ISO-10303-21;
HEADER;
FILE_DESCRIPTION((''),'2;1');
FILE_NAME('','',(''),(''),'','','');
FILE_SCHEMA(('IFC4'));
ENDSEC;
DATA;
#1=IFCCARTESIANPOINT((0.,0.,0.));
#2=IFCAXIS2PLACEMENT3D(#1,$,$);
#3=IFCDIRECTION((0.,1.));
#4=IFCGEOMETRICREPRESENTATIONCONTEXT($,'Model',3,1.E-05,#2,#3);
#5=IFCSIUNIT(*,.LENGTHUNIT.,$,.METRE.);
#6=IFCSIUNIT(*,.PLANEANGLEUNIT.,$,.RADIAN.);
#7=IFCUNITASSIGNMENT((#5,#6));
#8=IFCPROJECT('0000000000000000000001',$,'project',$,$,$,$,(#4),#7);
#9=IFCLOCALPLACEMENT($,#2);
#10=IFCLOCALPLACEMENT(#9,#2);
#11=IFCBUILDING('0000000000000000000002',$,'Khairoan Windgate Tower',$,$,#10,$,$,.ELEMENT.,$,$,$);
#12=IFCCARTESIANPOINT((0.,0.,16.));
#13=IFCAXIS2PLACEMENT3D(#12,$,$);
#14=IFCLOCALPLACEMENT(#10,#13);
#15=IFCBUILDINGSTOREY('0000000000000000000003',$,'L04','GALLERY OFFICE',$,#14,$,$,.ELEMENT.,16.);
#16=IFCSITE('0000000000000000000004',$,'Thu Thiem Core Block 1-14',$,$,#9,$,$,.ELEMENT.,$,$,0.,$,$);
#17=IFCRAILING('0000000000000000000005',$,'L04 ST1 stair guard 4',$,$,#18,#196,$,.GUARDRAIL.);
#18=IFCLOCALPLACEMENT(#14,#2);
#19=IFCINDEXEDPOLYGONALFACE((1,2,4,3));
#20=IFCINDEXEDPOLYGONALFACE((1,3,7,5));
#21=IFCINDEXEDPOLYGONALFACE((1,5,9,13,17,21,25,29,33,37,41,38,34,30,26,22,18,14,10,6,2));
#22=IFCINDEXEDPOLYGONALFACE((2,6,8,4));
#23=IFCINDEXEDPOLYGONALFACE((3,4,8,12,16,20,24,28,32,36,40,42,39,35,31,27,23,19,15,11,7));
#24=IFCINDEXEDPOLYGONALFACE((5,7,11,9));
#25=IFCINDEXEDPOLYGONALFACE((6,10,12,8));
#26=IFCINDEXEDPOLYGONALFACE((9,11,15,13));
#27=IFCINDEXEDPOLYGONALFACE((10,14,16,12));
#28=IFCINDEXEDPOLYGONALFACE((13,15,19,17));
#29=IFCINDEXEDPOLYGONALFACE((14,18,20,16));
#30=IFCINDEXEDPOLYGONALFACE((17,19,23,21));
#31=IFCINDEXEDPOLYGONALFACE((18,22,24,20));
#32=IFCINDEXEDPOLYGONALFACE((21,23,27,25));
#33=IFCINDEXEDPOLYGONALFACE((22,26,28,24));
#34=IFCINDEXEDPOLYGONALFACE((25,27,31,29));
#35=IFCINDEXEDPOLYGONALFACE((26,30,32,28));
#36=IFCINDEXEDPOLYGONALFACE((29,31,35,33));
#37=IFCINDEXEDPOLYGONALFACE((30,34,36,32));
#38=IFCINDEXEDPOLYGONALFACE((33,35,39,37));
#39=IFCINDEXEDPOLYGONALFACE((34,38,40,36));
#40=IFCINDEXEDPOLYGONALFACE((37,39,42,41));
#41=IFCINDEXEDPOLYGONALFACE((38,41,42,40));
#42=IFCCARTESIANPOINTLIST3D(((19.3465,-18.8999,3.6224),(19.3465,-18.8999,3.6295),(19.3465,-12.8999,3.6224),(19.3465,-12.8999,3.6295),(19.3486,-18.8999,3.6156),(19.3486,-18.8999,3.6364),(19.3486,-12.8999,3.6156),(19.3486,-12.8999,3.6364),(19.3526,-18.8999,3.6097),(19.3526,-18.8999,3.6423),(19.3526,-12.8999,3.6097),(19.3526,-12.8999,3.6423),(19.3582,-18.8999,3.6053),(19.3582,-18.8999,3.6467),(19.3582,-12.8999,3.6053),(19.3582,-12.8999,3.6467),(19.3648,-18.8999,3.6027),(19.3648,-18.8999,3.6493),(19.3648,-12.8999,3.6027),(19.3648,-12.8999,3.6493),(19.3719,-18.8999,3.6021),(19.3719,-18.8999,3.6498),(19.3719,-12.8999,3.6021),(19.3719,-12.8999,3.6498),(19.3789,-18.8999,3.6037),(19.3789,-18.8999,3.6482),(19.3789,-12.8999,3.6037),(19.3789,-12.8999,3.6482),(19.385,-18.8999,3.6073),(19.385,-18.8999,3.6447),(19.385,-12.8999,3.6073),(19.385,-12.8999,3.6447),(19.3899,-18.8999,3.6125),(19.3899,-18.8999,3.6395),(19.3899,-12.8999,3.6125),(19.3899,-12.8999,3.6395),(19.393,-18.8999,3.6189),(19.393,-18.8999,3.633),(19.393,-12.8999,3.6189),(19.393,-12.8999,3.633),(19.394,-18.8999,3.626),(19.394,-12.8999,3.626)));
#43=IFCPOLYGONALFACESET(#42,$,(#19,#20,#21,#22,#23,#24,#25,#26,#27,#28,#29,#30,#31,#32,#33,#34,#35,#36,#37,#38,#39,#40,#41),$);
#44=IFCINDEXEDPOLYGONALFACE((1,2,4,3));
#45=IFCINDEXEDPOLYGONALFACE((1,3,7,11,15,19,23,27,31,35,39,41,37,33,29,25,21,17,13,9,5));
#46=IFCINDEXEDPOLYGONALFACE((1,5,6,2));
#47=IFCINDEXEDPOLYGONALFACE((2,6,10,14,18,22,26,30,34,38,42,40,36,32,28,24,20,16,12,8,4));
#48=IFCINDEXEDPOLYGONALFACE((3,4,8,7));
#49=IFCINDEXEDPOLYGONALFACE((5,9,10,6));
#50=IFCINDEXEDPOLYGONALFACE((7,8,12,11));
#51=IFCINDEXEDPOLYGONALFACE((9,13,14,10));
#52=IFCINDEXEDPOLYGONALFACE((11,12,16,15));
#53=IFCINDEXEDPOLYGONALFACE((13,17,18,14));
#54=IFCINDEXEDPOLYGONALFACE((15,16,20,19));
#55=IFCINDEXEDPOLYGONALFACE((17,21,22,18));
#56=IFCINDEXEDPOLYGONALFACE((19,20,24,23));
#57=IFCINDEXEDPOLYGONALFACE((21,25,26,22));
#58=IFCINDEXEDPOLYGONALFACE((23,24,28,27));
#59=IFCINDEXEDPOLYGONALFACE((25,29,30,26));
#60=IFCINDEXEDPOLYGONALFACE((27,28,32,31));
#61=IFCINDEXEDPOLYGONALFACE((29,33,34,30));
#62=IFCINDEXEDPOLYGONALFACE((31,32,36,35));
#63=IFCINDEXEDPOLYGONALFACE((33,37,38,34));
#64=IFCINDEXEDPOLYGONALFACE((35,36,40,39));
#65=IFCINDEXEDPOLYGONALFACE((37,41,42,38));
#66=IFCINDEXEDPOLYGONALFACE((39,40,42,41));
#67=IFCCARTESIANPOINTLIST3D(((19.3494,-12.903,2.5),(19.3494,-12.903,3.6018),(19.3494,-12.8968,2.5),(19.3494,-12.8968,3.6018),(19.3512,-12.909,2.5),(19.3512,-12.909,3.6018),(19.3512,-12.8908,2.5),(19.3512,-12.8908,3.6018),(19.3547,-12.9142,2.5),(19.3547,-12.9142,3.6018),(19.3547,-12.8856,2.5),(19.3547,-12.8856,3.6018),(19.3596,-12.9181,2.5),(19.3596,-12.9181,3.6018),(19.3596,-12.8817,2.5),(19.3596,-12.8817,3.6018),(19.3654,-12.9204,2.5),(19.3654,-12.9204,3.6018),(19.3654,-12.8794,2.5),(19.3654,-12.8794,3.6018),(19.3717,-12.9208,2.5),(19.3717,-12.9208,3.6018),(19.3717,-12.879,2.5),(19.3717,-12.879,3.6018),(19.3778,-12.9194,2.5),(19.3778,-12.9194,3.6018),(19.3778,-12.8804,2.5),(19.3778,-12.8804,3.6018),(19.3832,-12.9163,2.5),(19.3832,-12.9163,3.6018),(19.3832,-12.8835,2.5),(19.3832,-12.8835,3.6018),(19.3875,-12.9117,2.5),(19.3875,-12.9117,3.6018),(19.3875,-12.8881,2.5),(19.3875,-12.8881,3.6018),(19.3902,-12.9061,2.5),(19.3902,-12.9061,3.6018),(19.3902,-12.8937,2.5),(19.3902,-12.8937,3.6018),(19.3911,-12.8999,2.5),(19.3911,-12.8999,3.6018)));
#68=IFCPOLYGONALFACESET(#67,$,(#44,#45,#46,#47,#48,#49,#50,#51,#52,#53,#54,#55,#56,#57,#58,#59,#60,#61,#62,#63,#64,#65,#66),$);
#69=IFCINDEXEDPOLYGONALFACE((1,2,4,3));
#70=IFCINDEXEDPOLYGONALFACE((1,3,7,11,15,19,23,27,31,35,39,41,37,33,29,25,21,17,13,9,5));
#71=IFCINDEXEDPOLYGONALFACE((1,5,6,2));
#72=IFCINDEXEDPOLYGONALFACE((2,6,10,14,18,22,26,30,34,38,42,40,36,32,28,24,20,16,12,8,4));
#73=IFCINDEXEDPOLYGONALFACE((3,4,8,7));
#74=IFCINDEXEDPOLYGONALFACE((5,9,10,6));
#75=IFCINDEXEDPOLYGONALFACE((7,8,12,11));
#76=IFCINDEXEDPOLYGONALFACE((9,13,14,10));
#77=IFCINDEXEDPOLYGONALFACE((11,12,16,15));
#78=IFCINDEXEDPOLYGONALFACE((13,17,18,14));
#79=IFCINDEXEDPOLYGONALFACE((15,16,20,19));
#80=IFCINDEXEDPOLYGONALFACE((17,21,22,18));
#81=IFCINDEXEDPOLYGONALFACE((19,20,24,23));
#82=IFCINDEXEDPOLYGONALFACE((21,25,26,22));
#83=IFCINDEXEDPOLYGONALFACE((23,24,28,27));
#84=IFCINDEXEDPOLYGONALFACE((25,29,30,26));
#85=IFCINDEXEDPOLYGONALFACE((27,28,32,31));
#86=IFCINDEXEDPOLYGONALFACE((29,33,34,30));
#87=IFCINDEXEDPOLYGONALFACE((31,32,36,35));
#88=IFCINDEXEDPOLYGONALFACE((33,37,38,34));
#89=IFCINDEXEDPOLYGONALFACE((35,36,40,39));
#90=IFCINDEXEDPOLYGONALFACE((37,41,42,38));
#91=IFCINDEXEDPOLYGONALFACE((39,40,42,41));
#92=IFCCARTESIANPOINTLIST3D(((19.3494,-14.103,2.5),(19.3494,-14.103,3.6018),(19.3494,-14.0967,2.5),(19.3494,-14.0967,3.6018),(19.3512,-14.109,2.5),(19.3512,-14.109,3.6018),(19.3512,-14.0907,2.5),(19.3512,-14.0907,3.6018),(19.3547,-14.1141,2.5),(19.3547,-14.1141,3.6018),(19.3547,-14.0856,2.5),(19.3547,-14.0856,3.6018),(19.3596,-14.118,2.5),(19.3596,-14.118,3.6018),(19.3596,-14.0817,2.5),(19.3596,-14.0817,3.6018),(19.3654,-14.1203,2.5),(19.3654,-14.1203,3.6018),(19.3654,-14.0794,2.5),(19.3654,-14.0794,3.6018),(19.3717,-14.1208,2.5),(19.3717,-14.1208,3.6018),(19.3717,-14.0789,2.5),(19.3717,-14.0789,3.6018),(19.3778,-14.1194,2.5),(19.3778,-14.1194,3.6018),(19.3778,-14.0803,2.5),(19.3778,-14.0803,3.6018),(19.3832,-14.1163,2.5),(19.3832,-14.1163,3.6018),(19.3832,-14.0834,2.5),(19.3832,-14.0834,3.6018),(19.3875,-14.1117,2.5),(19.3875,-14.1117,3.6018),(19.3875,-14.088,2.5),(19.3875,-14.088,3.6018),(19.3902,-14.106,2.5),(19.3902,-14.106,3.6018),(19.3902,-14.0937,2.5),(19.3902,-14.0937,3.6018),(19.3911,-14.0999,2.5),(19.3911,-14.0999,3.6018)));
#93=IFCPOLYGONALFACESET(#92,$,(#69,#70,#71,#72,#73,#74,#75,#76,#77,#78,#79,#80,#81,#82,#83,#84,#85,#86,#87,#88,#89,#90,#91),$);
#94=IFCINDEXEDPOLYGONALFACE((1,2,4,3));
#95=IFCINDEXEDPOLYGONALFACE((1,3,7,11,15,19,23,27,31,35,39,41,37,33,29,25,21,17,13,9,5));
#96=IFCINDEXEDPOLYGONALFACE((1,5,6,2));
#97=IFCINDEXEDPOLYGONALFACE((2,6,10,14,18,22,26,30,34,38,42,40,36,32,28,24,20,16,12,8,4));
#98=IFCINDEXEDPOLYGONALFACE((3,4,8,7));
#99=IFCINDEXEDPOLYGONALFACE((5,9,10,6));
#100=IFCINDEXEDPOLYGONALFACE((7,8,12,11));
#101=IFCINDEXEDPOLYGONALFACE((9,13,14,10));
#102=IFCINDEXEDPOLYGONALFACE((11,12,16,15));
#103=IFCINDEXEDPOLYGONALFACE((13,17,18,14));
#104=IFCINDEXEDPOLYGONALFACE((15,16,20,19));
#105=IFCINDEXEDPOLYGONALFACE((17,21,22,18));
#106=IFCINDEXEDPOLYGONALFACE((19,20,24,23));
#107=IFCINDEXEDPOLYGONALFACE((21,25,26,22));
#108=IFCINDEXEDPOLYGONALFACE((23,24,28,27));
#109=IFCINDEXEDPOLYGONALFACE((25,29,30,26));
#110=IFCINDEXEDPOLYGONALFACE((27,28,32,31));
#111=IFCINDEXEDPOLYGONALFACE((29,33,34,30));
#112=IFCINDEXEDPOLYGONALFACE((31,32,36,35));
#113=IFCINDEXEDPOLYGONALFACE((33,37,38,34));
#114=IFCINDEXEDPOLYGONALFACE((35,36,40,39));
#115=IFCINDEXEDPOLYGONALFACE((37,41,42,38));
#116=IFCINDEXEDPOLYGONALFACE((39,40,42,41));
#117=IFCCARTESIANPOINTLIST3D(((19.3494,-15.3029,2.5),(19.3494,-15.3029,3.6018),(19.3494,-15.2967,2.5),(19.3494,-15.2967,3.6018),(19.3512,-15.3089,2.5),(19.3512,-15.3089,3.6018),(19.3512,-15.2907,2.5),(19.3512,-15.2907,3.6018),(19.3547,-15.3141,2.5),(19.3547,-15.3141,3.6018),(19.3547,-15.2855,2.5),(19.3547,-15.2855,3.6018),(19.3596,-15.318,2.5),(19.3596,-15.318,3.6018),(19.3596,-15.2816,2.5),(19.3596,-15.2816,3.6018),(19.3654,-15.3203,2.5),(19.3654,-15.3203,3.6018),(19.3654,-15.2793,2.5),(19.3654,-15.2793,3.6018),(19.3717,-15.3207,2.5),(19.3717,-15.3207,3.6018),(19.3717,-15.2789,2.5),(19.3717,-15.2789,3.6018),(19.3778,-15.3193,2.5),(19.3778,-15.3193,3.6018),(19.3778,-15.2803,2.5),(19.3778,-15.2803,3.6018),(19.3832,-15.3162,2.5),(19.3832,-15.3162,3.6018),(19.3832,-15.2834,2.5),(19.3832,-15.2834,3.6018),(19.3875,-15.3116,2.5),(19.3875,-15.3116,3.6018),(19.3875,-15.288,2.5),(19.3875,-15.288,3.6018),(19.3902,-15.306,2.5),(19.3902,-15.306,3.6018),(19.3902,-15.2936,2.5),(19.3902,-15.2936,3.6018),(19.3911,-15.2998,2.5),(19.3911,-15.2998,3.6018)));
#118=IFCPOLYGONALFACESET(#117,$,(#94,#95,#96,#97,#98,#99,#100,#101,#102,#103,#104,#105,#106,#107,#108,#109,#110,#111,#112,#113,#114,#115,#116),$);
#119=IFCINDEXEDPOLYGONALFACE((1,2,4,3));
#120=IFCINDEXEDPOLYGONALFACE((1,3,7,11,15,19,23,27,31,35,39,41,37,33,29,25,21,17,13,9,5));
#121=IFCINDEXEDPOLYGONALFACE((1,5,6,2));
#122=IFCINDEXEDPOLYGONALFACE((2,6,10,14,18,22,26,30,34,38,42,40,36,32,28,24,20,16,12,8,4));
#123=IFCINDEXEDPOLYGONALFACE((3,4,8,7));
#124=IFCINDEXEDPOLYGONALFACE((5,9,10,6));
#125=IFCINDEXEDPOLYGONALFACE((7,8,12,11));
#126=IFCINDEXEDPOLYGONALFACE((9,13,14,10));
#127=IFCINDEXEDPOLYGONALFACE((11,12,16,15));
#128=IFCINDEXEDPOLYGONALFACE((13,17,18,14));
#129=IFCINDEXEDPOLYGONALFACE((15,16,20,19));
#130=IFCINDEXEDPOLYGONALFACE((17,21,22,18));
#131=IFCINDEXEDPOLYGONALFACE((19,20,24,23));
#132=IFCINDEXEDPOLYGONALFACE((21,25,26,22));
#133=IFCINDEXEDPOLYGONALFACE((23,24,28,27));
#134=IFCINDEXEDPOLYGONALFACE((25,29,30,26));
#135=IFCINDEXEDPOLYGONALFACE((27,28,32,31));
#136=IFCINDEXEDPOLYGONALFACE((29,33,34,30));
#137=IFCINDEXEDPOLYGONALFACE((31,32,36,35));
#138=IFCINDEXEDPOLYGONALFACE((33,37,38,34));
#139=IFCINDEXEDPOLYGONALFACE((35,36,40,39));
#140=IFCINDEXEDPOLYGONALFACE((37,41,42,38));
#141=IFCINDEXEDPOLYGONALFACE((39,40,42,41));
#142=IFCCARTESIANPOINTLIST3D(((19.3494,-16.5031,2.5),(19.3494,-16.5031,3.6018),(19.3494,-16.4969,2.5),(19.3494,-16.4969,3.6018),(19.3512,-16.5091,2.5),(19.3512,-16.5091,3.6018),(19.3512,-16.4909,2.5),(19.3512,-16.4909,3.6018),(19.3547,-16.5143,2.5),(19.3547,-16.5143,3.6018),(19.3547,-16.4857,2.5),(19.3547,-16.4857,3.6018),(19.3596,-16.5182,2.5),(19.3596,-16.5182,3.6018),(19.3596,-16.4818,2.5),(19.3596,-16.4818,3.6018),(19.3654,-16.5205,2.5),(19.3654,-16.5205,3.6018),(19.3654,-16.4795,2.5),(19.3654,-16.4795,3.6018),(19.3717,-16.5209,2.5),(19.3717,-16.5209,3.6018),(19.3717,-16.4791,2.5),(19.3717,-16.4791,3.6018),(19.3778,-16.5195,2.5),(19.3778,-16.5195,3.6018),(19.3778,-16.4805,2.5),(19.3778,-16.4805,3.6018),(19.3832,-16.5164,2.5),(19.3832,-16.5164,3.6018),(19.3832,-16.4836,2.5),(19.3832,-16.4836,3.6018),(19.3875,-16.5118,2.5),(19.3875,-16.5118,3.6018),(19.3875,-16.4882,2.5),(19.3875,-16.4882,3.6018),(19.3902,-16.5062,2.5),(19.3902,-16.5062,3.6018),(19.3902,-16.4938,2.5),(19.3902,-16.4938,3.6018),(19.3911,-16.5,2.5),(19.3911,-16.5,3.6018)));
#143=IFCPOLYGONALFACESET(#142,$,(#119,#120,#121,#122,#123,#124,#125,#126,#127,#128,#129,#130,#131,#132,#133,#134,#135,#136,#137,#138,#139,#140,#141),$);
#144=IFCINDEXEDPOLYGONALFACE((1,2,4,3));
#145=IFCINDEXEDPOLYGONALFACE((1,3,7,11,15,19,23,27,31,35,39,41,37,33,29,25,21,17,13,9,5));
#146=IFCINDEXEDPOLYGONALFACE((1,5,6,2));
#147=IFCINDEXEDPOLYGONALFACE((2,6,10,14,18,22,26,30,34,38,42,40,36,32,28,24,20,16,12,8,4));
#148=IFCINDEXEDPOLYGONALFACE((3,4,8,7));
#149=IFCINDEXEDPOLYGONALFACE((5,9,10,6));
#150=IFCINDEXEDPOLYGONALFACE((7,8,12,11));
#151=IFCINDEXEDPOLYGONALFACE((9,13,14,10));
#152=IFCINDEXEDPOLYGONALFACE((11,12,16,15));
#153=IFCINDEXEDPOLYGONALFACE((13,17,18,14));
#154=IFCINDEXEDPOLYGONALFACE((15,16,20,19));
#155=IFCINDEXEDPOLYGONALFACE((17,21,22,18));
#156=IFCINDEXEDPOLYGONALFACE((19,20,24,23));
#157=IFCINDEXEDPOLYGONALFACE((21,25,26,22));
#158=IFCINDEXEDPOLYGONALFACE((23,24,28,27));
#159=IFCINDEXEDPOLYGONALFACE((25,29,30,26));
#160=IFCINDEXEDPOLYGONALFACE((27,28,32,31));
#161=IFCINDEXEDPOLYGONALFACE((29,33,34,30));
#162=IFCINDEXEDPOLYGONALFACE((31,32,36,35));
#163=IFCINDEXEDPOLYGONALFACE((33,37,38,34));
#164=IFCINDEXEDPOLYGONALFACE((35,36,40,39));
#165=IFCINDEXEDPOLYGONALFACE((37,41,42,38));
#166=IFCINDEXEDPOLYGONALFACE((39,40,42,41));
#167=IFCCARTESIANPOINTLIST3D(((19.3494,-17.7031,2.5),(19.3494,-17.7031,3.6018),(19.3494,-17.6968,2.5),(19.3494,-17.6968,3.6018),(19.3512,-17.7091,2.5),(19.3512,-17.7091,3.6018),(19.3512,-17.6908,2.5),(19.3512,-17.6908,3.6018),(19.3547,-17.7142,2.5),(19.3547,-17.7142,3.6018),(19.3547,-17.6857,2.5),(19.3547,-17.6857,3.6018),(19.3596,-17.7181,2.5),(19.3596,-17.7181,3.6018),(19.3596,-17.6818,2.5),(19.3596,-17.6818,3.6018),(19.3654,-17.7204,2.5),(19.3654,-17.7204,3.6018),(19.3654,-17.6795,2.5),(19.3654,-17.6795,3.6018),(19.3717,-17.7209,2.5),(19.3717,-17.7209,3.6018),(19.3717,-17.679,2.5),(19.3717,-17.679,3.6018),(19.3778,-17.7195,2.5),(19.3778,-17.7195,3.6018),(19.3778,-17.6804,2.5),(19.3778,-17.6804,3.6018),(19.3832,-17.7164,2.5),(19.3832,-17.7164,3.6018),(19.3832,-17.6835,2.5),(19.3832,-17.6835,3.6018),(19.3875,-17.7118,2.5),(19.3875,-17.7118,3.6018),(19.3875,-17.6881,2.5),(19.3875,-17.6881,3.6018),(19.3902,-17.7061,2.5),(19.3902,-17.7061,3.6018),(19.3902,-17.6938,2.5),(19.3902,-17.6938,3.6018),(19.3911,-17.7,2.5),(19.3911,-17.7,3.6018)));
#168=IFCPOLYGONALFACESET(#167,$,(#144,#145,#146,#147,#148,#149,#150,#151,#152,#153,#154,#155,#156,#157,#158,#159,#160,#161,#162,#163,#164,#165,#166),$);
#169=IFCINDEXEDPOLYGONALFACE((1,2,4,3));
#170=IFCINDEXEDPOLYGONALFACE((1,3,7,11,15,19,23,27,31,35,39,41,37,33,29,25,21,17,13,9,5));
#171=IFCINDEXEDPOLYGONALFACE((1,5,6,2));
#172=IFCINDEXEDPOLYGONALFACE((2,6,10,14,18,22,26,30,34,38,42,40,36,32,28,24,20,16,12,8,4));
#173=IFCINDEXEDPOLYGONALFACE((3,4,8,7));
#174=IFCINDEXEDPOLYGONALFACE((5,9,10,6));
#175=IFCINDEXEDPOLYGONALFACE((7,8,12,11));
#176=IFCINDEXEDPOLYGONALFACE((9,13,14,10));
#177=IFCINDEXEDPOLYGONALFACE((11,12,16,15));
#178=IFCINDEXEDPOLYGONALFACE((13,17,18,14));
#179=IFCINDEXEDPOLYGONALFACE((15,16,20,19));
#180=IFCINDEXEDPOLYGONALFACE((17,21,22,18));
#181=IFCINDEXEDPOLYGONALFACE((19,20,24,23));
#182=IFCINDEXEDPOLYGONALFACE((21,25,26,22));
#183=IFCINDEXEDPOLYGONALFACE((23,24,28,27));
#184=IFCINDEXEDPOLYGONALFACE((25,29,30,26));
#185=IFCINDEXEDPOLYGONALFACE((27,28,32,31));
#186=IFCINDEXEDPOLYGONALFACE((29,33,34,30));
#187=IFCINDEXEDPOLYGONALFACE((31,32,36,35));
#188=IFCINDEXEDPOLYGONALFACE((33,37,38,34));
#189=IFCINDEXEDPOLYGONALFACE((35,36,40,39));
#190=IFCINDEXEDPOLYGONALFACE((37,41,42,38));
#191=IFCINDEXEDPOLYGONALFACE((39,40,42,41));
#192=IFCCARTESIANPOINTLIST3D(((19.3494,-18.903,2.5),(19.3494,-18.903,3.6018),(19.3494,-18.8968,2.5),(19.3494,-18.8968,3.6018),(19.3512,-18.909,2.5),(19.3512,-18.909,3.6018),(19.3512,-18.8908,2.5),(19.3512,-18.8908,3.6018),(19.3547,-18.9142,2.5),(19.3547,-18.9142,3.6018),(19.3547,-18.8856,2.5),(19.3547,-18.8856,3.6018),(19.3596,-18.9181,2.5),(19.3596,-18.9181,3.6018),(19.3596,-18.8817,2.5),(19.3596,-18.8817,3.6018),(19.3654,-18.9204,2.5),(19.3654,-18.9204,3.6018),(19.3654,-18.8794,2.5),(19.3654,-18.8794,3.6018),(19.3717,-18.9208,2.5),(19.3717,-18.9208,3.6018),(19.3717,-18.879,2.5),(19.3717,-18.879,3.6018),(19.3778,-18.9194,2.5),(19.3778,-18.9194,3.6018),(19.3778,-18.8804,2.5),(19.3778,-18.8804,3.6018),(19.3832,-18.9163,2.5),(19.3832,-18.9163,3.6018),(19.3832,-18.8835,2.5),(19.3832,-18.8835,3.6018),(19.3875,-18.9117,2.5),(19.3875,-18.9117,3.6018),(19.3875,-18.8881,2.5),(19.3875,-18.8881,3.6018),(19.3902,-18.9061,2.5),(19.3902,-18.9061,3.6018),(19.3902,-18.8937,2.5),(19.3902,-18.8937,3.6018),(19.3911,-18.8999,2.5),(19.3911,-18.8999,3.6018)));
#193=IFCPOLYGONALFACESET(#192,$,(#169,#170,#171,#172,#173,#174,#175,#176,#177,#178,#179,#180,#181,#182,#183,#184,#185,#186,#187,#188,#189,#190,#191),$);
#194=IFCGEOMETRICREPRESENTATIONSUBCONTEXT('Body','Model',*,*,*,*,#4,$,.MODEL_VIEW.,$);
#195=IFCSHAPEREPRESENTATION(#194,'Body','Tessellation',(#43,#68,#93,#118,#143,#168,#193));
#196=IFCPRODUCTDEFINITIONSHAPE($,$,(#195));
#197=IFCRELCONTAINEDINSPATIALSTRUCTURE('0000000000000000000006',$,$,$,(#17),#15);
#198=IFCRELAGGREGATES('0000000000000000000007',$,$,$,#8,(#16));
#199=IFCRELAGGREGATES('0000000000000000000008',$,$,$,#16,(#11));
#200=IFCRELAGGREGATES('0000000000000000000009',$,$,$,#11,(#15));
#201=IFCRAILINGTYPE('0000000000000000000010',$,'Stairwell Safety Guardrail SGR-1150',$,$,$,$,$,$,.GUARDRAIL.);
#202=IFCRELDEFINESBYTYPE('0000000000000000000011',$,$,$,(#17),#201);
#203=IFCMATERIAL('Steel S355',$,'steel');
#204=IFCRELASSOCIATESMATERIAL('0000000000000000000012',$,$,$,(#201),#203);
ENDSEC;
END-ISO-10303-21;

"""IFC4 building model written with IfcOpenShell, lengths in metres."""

from ifc_helpers import new_model, si_unit, direction, frame, origin, origin_2d, place, context, subcontext, project, spatial, circle, extrude, material, type_object, element, save


model = new_model("IFC4")

# Units and contexts
model_context = context("Model", 3, precision=1e-05, world=origin(), true_north=direction((0.0, 1.0)))
body_context = subcontext(model_context, "Body", "Model", "MODEL_VIEW")
ifc_project = project(units=[si_unit("LENGTHUNIT", "METRE"), si_unit("PLANEANGLEUNIT", "RADIAN")], contexts=[model_context])

# Site, building, storey
site_placement = place(None, origin())
site = spatial("IfcSite", under=ifc_project, at=site_placement, Name="Thu Thiem Core Block 1-14", CompositionType="ELEMENT", RefElevation=0.0)
building_placement = place(site_placement, origin())
building = spatial("IfcBuilding", under=site, at=building_placement, Name="Khairoan Windgate Tower", CompositionType="ELEMENT")
storey_placement = place(building_placement, frame((0.0, 0.0, 16.0)))
storey = spatial("IfcBuildingStorey", under=building, at=storey_placement, Name="L04", Description="GALLERY OFFICE", CompositionType="ELEMENT", Elevation=16.0)

# Railing
ifc_material_1 = material(Name="Steel S355", Category="steel")
railing_type_1 = type_object("IfcRailingType", Name="Stairwell Safety Guardrail SGR-1150", PredefinedType="GUARDRAIL", material=ifc_material_1)
railing_1_placement = place(storey_placement, frame((19.3701, -12.8999, 2.5)))
element("IfcRailing", 1, at=railing_1_placement, inside=storey, type_object=railing_type_1, Name="L04 ST1 stair guard 4", PredefinedType="GUARDRAIL", context=body_context, shape_type="SweptSolid", body=[
    extrude(circle(Radius=0.0239, at=origin_2d()), frame((0.0, 0.0, 1.126), z_axis=(0.0, -1.0, 0.0), x_axis=(1.0, 0.0, 0.0)), (0.0, 0.0, 1.0), 6.0),
    extrude(circle(Radius=0.021, at=origin_2d()), origin(), (0.0, 0.0, 1.0), 1.1018),
    extrude(circle(Radius=0.021, at=origin_2d()), frame((0.0, -1.2, 0.0)), (0.0, 0.0, 1.0), 1.1018),
    extrude(circle(Radius=0.021, at=origin_2d()), frame((0.0, -2.3999, 0.0)), (0.0, 0.0, 1.0), 1.1018),
    extrude(circle(Radius=0.021, at=origin_2d()), frame((0.0, -3.6001, 0.0)), (0.0, 0.0, 1.0), 1.1018),
    extrude(circle(Radius=0.021, at=origin_2d()), frame((0.0, -4.8, 0.0)), (0.0, 0.0, 1.0), 1.1018),
    extrude(circle(Radius=0.021, at=origin_2d()), frame((0.0, -6.0, 0.0)), (0.0, 0.0, 1.0), 1.1018),
])

save(model, "model.ifc")
